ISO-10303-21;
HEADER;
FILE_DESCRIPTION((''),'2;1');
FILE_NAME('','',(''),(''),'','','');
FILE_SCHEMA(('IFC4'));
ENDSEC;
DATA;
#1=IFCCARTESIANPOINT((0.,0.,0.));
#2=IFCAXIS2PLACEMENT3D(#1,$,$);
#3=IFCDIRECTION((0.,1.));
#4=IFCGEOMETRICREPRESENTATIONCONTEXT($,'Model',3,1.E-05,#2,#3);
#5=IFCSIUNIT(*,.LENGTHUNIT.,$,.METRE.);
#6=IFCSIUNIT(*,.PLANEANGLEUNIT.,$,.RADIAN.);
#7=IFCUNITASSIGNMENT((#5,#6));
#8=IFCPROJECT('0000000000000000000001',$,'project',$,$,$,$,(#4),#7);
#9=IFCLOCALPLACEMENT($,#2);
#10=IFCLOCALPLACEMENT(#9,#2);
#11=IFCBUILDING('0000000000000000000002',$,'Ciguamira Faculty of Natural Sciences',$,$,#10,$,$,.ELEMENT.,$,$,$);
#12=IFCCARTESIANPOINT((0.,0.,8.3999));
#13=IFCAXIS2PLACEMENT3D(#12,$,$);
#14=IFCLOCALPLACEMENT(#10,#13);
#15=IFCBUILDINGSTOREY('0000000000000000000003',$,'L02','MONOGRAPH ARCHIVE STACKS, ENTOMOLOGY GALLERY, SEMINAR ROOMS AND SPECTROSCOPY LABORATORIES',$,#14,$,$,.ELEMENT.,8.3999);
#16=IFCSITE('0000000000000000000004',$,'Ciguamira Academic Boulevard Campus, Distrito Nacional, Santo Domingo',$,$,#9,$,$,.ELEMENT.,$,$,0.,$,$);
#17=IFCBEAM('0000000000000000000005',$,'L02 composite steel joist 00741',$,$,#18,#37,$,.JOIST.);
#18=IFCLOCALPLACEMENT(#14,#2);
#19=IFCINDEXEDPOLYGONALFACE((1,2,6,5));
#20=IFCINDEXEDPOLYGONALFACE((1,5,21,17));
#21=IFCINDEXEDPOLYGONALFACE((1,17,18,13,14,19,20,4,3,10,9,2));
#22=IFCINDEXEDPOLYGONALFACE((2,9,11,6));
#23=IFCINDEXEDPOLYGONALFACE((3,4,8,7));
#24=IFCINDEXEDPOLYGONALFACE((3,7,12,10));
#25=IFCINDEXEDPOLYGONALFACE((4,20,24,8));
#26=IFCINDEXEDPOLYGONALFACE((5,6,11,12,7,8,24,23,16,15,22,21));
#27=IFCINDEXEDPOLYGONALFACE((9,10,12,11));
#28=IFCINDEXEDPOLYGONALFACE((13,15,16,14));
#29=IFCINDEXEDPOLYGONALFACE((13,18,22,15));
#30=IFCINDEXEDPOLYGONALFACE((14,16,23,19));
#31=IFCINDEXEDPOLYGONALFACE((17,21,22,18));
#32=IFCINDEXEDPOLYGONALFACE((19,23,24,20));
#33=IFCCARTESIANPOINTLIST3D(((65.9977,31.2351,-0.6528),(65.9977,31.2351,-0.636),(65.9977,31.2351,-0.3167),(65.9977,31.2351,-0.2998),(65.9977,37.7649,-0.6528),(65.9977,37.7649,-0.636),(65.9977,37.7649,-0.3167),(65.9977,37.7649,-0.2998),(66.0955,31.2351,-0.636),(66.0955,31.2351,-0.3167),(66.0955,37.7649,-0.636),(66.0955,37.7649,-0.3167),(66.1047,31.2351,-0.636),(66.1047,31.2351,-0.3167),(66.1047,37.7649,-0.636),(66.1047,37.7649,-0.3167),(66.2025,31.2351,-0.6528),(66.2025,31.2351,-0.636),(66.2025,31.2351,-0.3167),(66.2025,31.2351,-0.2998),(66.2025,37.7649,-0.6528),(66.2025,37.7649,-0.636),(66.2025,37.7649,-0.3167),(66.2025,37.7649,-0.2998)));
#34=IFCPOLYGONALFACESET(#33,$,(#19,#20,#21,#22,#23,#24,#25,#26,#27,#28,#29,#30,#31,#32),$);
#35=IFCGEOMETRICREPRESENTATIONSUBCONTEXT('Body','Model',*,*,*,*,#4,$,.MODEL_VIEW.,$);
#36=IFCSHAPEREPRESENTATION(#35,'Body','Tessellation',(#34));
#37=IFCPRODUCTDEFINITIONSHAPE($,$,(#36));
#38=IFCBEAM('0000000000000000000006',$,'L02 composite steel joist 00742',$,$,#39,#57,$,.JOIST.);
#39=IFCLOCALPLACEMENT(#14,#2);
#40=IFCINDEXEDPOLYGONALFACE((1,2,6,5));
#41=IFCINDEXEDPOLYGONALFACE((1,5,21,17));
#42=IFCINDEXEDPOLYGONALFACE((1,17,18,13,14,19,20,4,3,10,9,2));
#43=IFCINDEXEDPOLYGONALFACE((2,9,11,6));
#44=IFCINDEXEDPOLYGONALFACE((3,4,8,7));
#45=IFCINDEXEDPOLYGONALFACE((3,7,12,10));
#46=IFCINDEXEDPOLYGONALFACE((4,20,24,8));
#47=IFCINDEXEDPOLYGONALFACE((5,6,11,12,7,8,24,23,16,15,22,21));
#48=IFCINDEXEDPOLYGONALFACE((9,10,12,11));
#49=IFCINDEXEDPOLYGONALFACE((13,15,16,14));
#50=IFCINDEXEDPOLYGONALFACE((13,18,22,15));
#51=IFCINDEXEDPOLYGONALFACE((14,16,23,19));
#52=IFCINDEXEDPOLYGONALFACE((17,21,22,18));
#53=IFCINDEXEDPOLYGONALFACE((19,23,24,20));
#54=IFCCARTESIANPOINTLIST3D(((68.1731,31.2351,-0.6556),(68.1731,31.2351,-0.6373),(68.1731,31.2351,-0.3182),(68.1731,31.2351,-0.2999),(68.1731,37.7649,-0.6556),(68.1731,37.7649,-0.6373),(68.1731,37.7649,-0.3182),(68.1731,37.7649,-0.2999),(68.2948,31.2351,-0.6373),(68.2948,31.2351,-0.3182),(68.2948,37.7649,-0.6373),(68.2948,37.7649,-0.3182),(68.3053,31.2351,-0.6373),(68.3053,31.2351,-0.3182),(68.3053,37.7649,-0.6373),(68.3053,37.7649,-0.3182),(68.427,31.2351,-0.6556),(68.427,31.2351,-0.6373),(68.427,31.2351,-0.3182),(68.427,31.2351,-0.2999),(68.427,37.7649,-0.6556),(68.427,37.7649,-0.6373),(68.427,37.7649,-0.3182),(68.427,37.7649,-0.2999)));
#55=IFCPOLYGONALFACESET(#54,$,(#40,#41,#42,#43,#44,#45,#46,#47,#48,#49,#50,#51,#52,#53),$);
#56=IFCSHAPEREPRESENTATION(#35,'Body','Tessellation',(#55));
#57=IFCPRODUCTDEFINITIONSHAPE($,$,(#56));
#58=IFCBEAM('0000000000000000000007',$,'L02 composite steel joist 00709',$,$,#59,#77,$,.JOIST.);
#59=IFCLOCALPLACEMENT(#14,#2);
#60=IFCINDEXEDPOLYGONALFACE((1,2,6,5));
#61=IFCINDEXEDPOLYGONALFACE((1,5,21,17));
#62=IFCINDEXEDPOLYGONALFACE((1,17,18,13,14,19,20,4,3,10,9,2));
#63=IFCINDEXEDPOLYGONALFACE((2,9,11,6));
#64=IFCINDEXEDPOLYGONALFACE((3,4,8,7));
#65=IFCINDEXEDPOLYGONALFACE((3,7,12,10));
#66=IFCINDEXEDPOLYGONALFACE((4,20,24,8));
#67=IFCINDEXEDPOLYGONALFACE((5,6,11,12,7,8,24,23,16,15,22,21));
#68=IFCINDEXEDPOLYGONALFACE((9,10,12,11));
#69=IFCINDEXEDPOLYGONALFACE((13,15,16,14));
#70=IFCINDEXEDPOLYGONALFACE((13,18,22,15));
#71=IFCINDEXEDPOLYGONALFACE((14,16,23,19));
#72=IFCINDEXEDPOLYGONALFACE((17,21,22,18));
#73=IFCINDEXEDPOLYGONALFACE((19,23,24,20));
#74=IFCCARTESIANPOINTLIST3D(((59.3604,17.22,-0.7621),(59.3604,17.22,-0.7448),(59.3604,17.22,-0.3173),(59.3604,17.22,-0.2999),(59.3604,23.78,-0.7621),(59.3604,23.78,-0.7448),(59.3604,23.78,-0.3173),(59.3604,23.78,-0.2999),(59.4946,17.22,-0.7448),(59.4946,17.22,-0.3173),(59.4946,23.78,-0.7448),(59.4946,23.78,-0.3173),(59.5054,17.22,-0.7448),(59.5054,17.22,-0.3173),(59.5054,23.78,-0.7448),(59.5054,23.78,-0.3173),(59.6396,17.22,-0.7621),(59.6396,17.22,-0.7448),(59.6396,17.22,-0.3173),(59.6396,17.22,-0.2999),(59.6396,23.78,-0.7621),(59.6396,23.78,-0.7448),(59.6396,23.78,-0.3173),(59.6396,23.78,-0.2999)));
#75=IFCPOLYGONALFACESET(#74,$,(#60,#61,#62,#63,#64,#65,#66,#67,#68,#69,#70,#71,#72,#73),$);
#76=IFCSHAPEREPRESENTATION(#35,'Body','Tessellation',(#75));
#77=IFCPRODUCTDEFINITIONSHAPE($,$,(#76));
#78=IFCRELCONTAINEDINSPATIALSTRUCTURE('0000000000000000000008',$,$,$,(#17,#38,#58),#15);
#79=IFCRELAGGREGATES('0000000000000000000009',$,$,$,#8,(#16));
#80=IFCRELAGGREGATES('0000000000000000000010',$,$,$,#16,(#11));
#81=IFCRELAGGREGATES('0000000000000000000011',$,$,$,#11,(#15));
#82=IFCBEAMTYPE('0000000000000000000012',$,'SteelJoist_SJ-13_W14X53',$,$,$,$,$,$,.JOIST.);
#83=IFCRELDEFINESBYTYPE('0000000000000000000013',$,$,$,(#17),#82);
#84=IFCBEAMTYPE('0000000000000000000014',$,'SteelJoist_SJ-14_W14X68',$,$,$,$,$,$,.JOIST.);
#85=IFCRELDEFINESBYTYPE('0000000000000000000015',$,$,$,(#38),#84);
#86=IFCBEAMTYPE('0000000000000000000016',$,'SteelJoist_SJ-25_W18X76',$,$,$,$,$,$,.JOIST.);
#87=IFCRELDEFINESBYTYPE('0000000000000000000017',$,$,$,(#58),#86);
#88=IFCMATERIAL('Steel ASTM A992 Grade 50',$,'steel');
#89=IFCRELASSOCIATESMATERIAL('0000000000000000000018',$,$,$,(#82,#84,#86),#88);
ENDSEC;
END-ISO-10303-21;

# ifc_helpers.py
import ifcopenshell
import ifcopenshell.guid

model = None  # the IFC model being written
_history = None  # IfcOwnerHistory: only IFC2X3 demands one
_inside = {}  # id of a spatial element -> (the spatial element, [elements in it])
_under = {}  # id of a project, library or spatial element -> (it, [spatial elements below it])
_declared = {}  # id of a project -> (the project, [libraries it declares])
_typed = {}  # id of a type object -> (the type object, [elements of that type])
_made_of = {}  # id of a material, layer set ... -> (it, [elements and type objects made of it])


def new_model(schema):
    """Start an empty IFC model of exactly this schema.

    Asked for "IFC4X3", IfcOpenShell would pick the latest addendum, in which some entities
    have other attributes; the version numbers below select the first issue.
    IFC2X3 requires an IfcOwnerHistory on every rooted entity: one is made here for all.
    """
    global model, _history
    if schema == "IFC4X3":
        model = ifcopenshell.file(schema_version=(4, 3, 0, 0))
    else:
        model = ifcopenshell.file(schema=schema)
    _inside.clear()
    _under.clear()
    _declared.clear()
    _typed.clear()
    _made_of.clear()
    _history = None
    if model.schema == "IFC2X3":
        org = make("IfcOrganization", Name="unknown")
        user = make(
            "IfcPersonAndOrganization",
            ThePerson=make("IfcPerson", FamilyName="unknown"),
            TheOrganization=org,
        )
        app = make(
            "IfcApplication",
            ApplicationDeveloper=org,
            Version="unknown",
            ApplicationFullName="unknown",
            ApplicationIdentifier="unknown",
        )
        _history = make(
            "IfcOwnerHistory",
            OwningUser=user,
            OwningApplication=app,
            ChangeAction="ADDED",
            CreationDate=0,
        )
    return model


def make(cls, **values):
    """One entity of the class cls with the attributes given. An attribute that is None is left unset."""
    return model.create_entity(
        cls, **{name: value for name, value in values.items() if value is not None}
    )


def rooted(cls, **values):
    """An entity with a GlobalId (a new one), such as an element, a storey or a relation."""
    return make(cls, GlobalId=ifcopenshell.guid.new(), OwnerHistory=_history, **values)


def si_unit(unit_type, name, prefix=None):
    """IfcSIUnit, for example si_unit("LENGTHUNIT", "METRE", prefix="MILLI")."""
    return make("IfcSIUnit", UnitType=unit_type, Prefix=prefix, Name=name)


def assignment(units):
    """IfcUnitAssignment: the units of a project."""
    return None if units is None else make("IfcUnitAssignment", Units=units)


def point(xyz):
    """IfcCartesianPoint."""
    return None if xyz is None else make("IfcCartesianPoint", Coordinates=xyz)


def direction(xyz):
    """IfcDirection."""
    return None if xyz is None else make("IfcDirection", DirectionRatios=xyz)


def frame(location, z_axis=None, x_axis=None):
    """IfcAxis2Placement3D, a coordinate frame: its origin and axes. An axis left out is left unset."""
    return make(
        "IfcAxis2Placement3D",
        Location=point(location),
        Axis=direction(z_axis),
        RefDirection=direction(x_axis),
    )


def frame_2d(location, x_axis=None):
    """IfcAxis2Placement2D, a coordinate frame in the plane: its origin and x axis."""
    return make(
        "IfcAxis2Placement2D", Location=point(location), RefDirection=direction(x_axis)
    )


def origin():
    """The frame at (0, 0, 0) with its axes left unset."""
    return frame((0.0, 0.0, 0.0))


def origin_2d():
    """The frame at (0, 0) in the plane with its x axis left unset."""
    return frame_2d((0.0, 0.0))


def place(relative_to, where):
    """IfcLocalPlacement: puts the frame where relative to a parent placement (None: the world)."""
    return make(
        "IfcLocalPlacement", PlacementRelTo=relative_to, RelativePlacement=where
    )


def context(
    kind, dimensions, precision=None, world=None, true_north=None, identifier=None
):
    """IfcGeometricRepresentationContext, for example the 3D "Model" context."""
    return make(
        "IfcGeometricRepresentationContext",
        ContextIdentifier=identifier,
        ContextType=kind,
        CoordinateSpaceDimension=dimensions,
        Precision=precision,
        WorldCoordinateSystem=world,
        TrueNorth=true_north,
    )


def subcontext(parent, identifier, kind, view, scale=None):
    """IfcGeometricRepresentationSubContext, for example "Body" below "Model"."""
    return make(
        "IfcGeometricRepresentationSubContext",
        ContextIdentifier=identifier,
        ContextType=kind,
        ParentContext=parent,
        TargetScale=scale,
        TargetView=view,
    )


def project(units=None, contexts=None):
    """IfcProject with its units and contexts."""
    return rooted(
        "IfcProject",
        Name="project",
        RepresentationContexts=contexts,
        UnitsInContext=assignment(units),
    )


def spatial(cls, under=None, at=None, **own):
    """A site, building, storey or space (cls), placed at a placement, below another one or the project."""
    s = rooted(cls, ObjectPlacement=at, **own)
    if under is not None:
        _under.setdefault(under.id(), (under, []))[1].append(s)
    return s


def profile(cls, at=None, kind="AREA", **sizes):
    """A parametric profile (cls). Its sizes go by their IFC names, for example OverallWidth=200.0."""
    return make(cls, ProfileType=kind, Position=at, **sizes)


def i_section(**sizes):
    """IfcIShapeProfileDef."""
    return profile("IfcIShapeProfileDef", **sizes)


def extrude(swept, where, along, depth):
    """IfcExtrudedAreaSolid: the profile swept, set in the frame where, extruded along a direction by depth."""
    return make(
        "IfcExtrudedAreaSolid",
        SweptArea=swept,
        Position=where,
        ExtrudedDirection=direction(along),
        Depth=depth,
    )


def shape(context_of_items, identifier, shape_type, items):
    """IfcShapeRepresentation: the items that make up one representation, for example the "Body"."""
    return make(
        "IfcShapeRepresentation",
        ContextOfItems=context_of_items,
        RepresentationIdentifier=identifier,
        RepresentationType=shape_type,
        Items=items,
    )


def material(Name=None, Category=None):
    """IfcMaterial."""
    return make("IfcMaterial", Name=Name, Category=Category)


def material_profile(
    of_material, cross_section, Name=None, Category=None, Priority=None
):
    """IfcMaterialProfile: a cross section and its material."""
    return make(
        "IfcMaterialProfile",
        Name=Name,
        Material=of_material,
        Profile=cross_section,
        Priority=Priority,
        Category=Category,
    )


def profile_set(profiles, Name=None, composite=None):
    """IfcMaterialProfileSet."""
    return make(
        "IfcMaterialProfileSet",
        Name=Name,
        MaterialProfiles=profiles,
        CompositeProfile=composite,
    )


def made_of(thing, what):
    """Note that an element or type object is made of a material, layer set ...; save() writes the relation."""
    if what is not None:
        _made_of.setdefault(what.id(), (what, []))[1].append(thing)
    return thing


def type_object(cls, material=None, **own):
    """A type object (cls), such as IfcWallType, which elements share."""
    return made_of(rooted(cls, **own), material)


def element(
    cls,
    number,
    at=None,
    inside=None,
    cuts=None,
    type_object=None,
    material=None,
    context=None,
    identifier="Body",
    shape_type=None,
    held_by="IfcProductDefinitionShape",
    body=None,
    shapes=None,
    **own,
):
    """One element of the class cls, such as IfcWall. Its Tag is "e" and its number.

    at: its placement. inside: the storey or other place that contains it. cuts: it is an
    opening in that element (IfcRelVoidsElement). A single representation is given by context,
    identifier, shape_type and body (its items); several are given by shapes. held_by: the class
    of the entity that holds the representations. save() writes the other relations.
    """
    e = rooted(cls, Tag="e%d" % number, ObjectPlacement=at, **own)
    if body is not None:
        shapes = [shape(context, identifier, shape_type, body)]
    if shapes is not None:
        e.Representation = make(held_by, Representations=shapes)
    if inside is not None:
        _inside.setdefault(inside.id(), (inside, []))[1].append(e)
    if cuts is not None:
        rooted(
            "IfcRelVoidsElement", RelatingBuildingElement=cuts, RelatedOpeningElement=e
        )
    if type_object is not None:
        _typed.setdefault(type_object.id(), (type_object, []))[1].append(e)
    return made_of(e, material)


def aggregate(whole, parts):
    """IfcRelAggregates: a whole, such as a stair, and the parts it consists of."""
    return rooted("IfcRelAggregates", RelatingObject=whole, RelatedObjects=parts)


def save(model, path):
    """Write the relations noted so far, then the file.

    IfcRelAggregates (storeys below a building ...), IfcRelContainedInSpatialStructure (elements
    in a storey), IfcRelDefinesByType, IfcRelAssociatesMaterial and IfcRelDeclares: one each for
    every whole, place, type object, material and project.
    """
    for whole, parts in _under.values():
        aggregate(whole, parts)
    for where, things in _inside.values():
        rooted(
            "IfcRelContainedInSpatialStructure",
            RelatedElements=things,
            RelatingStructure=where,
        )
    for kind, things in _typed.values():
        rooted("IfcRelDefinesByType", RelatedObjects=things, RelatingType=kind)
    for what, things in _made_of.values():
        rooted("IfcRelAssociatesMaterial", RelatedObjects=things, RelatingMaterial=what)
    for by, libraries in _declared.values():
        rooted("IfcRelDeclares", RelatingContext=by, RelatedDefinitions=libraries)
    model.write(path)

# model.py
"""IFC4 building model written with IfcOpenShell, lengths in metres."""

from ifc_helpers import new_model, si_unit, direction, frame, origin, origin_2d, place, context, subcontext, project, spatial, i_section, extrude, material, material_profile, profile_set, type_object, element, save


model = new_model("IFC4")

# Units and contexts
model_context = context("Model", 3, precision=1e-05, world=origin(), true_north=direction((0.0, 1.0)))
body_context = subcontext(model_context, "Body", "Model", "MODEL_VIEW")
ifc_project = project(units=[si_unit("LENGTHUNIT", "METRE"), si_unit("PLANEANGLEUNIT", "RADIAN")], contexts=[model_context])

# Site, building, storey
site_placement = place(None, origin())
site = spatial("IfcSite", under=ifc_project, at=site_placement, Name="Ciguamira Academic Boulevard Campus, Distrito Nacional, Santo Domingo", CompositionType="ELEMENT", RefElevation=0.0)
building_placement = place(site_placement, origin())
building = spatial("IfcBuilding", under=site, at=building_placement, Name="Ciguamira Faculty of Natural Sciences", CompositionType="ELEMENT")
storey_placement = place(building_placement, frame((0.0, 0.0, 8.3999)))
storey = spatial("IfcBuildingStorey", under=building, at=storey_placement, Name="L02", Description="MONOGRAPH ARCHIVE STACKS, ENTOMOLOGY GALLERY, SEMINAR ROOMS AND SPECTROSCOPY LABORATORIES", CompositionType="ELEMENT", Elevation=8.3999)

# Beams
ifc_material_1 = material(Name="Steel ASTM A992 Grade 50", Category="steel")
ifc_material_profile_1 = material_profile(ifc_material_1, i_section(OverallWidth=0.2048, OverallDepth=0.353, WebThickness=0.0093, FlangeThickness=0.0168, at=origin_2d()), Name="W14X53")
ifc_profile_set_1 = profile_set([ifc_material_profile_1], Name="Steel ASTM A992 Grade 50")
beam_type_1 = type_object("IfcBeamType", Name="SteelJoist_SJ-13_W14X53", PredefinedType="JOIST", material=ifc_profile_set_1)
beam_1_placement = place(storey_placement, frame((66.1001, 31.2351, -0.4763), z_axis=(0.0, 1.0, 0.0), x_axis=(-1.0, 0.0, 0.0)))
element("IfcBeam", 1, at=beam_1_placement, inside=storey, type_object=beam_type_1, Name="L02 composite steel joist 00741", PredefinedType="JOIST", context=body_context, shape_type="SweptSolid", body=[
    extrude(i_section(OverallWidth=0.2048, OverallDepth=0.353, WebThickness=0.0093, FlangeThickness=0.0168, at=origin_2d()), origin(), (0.0, 0.0, 1.0), 6.5298),
])
ifc_material_profile_2 = material_profile(ifc_material_1, i_section(OverallWidth=0.2539, OverallDepth=0.3557, WebThickness=0.0105, FlangeThickness=0.0183, at=origin_2d()), Name="W14X68")
ifc_profile_set_2 = profile_set([ifc_material_profile_2], Name="Steel ASTM A992 Grade 50")
beam_type_2 = type_object("IfcBeamType", Name="SteelJoist_SJ-14_W14X68", PredefinedType="JOIST", material=ifc_profile_set_2)
beam_2_placement = place(storey_placement, frame((68.3, 31.2351, -0.4778), z_axis=(0.0, 1.0, 0.0), x_axis=(-1.0, 0.0, 0.0)))
element("IfcBeam", 2, at=beam_2_placement, inside=storey, type_object=beam_type_2, Name="L02 composite steel joist 00742", PredefinedType="JOIST", context=body_context, shape_type="SweptSolid", body=[
    extrude(i_section(OverallWidth=0.2539, OverallDepth=0.3557, WebThickness=0.0105, FlangeThickness=0.0183, at=origin_2d()), origin(), (0.0, 0.0, 1.0), 6.5298),
])
ifc_material_profile_3 = material_profile(ifc_material_1, i_section(OverallWidth=0.2793, OverallDepth=0.4622, WebThickness=0.0107, FlangeThickness=0.0173, at=origin_2d()), Name="W18X76")
ifc_profile_set_3 = profile_set([ifc_material_profile_3], Name="Steel ASTM A992 Grade 50")
beam_type_3 = type_object("IfcBeamType", Name="SteelJoist_SJ-25_W18X76", PredefinedType="JOIST", material=ifc_profile_set_3)
beam_3_placement = place(storey_placement, frame((59.5, 17.22, -0.531), z_axis=(0.0, 1.0, 0.0), x_axis=(-1.0, 0.0, 0.0)))
element("IfcBeam", 3, at=beam_3_placement, inside=storey, type_object=beam_type_3, Name="L02 composite steel joist 00709", PredefinedType="JOIST", context=body_context, shape_type="SweptSolid", body=[
    extrude(i_section(OverallWidth=0.2793, OverallDepth=0.4622, WebThickness=0.0107, FlangeThickness=0.0173, at=origin_2d()), origin(), (0.0, 0.0, 1.0), 6.5601),
])

save(model, "model.ifc")
